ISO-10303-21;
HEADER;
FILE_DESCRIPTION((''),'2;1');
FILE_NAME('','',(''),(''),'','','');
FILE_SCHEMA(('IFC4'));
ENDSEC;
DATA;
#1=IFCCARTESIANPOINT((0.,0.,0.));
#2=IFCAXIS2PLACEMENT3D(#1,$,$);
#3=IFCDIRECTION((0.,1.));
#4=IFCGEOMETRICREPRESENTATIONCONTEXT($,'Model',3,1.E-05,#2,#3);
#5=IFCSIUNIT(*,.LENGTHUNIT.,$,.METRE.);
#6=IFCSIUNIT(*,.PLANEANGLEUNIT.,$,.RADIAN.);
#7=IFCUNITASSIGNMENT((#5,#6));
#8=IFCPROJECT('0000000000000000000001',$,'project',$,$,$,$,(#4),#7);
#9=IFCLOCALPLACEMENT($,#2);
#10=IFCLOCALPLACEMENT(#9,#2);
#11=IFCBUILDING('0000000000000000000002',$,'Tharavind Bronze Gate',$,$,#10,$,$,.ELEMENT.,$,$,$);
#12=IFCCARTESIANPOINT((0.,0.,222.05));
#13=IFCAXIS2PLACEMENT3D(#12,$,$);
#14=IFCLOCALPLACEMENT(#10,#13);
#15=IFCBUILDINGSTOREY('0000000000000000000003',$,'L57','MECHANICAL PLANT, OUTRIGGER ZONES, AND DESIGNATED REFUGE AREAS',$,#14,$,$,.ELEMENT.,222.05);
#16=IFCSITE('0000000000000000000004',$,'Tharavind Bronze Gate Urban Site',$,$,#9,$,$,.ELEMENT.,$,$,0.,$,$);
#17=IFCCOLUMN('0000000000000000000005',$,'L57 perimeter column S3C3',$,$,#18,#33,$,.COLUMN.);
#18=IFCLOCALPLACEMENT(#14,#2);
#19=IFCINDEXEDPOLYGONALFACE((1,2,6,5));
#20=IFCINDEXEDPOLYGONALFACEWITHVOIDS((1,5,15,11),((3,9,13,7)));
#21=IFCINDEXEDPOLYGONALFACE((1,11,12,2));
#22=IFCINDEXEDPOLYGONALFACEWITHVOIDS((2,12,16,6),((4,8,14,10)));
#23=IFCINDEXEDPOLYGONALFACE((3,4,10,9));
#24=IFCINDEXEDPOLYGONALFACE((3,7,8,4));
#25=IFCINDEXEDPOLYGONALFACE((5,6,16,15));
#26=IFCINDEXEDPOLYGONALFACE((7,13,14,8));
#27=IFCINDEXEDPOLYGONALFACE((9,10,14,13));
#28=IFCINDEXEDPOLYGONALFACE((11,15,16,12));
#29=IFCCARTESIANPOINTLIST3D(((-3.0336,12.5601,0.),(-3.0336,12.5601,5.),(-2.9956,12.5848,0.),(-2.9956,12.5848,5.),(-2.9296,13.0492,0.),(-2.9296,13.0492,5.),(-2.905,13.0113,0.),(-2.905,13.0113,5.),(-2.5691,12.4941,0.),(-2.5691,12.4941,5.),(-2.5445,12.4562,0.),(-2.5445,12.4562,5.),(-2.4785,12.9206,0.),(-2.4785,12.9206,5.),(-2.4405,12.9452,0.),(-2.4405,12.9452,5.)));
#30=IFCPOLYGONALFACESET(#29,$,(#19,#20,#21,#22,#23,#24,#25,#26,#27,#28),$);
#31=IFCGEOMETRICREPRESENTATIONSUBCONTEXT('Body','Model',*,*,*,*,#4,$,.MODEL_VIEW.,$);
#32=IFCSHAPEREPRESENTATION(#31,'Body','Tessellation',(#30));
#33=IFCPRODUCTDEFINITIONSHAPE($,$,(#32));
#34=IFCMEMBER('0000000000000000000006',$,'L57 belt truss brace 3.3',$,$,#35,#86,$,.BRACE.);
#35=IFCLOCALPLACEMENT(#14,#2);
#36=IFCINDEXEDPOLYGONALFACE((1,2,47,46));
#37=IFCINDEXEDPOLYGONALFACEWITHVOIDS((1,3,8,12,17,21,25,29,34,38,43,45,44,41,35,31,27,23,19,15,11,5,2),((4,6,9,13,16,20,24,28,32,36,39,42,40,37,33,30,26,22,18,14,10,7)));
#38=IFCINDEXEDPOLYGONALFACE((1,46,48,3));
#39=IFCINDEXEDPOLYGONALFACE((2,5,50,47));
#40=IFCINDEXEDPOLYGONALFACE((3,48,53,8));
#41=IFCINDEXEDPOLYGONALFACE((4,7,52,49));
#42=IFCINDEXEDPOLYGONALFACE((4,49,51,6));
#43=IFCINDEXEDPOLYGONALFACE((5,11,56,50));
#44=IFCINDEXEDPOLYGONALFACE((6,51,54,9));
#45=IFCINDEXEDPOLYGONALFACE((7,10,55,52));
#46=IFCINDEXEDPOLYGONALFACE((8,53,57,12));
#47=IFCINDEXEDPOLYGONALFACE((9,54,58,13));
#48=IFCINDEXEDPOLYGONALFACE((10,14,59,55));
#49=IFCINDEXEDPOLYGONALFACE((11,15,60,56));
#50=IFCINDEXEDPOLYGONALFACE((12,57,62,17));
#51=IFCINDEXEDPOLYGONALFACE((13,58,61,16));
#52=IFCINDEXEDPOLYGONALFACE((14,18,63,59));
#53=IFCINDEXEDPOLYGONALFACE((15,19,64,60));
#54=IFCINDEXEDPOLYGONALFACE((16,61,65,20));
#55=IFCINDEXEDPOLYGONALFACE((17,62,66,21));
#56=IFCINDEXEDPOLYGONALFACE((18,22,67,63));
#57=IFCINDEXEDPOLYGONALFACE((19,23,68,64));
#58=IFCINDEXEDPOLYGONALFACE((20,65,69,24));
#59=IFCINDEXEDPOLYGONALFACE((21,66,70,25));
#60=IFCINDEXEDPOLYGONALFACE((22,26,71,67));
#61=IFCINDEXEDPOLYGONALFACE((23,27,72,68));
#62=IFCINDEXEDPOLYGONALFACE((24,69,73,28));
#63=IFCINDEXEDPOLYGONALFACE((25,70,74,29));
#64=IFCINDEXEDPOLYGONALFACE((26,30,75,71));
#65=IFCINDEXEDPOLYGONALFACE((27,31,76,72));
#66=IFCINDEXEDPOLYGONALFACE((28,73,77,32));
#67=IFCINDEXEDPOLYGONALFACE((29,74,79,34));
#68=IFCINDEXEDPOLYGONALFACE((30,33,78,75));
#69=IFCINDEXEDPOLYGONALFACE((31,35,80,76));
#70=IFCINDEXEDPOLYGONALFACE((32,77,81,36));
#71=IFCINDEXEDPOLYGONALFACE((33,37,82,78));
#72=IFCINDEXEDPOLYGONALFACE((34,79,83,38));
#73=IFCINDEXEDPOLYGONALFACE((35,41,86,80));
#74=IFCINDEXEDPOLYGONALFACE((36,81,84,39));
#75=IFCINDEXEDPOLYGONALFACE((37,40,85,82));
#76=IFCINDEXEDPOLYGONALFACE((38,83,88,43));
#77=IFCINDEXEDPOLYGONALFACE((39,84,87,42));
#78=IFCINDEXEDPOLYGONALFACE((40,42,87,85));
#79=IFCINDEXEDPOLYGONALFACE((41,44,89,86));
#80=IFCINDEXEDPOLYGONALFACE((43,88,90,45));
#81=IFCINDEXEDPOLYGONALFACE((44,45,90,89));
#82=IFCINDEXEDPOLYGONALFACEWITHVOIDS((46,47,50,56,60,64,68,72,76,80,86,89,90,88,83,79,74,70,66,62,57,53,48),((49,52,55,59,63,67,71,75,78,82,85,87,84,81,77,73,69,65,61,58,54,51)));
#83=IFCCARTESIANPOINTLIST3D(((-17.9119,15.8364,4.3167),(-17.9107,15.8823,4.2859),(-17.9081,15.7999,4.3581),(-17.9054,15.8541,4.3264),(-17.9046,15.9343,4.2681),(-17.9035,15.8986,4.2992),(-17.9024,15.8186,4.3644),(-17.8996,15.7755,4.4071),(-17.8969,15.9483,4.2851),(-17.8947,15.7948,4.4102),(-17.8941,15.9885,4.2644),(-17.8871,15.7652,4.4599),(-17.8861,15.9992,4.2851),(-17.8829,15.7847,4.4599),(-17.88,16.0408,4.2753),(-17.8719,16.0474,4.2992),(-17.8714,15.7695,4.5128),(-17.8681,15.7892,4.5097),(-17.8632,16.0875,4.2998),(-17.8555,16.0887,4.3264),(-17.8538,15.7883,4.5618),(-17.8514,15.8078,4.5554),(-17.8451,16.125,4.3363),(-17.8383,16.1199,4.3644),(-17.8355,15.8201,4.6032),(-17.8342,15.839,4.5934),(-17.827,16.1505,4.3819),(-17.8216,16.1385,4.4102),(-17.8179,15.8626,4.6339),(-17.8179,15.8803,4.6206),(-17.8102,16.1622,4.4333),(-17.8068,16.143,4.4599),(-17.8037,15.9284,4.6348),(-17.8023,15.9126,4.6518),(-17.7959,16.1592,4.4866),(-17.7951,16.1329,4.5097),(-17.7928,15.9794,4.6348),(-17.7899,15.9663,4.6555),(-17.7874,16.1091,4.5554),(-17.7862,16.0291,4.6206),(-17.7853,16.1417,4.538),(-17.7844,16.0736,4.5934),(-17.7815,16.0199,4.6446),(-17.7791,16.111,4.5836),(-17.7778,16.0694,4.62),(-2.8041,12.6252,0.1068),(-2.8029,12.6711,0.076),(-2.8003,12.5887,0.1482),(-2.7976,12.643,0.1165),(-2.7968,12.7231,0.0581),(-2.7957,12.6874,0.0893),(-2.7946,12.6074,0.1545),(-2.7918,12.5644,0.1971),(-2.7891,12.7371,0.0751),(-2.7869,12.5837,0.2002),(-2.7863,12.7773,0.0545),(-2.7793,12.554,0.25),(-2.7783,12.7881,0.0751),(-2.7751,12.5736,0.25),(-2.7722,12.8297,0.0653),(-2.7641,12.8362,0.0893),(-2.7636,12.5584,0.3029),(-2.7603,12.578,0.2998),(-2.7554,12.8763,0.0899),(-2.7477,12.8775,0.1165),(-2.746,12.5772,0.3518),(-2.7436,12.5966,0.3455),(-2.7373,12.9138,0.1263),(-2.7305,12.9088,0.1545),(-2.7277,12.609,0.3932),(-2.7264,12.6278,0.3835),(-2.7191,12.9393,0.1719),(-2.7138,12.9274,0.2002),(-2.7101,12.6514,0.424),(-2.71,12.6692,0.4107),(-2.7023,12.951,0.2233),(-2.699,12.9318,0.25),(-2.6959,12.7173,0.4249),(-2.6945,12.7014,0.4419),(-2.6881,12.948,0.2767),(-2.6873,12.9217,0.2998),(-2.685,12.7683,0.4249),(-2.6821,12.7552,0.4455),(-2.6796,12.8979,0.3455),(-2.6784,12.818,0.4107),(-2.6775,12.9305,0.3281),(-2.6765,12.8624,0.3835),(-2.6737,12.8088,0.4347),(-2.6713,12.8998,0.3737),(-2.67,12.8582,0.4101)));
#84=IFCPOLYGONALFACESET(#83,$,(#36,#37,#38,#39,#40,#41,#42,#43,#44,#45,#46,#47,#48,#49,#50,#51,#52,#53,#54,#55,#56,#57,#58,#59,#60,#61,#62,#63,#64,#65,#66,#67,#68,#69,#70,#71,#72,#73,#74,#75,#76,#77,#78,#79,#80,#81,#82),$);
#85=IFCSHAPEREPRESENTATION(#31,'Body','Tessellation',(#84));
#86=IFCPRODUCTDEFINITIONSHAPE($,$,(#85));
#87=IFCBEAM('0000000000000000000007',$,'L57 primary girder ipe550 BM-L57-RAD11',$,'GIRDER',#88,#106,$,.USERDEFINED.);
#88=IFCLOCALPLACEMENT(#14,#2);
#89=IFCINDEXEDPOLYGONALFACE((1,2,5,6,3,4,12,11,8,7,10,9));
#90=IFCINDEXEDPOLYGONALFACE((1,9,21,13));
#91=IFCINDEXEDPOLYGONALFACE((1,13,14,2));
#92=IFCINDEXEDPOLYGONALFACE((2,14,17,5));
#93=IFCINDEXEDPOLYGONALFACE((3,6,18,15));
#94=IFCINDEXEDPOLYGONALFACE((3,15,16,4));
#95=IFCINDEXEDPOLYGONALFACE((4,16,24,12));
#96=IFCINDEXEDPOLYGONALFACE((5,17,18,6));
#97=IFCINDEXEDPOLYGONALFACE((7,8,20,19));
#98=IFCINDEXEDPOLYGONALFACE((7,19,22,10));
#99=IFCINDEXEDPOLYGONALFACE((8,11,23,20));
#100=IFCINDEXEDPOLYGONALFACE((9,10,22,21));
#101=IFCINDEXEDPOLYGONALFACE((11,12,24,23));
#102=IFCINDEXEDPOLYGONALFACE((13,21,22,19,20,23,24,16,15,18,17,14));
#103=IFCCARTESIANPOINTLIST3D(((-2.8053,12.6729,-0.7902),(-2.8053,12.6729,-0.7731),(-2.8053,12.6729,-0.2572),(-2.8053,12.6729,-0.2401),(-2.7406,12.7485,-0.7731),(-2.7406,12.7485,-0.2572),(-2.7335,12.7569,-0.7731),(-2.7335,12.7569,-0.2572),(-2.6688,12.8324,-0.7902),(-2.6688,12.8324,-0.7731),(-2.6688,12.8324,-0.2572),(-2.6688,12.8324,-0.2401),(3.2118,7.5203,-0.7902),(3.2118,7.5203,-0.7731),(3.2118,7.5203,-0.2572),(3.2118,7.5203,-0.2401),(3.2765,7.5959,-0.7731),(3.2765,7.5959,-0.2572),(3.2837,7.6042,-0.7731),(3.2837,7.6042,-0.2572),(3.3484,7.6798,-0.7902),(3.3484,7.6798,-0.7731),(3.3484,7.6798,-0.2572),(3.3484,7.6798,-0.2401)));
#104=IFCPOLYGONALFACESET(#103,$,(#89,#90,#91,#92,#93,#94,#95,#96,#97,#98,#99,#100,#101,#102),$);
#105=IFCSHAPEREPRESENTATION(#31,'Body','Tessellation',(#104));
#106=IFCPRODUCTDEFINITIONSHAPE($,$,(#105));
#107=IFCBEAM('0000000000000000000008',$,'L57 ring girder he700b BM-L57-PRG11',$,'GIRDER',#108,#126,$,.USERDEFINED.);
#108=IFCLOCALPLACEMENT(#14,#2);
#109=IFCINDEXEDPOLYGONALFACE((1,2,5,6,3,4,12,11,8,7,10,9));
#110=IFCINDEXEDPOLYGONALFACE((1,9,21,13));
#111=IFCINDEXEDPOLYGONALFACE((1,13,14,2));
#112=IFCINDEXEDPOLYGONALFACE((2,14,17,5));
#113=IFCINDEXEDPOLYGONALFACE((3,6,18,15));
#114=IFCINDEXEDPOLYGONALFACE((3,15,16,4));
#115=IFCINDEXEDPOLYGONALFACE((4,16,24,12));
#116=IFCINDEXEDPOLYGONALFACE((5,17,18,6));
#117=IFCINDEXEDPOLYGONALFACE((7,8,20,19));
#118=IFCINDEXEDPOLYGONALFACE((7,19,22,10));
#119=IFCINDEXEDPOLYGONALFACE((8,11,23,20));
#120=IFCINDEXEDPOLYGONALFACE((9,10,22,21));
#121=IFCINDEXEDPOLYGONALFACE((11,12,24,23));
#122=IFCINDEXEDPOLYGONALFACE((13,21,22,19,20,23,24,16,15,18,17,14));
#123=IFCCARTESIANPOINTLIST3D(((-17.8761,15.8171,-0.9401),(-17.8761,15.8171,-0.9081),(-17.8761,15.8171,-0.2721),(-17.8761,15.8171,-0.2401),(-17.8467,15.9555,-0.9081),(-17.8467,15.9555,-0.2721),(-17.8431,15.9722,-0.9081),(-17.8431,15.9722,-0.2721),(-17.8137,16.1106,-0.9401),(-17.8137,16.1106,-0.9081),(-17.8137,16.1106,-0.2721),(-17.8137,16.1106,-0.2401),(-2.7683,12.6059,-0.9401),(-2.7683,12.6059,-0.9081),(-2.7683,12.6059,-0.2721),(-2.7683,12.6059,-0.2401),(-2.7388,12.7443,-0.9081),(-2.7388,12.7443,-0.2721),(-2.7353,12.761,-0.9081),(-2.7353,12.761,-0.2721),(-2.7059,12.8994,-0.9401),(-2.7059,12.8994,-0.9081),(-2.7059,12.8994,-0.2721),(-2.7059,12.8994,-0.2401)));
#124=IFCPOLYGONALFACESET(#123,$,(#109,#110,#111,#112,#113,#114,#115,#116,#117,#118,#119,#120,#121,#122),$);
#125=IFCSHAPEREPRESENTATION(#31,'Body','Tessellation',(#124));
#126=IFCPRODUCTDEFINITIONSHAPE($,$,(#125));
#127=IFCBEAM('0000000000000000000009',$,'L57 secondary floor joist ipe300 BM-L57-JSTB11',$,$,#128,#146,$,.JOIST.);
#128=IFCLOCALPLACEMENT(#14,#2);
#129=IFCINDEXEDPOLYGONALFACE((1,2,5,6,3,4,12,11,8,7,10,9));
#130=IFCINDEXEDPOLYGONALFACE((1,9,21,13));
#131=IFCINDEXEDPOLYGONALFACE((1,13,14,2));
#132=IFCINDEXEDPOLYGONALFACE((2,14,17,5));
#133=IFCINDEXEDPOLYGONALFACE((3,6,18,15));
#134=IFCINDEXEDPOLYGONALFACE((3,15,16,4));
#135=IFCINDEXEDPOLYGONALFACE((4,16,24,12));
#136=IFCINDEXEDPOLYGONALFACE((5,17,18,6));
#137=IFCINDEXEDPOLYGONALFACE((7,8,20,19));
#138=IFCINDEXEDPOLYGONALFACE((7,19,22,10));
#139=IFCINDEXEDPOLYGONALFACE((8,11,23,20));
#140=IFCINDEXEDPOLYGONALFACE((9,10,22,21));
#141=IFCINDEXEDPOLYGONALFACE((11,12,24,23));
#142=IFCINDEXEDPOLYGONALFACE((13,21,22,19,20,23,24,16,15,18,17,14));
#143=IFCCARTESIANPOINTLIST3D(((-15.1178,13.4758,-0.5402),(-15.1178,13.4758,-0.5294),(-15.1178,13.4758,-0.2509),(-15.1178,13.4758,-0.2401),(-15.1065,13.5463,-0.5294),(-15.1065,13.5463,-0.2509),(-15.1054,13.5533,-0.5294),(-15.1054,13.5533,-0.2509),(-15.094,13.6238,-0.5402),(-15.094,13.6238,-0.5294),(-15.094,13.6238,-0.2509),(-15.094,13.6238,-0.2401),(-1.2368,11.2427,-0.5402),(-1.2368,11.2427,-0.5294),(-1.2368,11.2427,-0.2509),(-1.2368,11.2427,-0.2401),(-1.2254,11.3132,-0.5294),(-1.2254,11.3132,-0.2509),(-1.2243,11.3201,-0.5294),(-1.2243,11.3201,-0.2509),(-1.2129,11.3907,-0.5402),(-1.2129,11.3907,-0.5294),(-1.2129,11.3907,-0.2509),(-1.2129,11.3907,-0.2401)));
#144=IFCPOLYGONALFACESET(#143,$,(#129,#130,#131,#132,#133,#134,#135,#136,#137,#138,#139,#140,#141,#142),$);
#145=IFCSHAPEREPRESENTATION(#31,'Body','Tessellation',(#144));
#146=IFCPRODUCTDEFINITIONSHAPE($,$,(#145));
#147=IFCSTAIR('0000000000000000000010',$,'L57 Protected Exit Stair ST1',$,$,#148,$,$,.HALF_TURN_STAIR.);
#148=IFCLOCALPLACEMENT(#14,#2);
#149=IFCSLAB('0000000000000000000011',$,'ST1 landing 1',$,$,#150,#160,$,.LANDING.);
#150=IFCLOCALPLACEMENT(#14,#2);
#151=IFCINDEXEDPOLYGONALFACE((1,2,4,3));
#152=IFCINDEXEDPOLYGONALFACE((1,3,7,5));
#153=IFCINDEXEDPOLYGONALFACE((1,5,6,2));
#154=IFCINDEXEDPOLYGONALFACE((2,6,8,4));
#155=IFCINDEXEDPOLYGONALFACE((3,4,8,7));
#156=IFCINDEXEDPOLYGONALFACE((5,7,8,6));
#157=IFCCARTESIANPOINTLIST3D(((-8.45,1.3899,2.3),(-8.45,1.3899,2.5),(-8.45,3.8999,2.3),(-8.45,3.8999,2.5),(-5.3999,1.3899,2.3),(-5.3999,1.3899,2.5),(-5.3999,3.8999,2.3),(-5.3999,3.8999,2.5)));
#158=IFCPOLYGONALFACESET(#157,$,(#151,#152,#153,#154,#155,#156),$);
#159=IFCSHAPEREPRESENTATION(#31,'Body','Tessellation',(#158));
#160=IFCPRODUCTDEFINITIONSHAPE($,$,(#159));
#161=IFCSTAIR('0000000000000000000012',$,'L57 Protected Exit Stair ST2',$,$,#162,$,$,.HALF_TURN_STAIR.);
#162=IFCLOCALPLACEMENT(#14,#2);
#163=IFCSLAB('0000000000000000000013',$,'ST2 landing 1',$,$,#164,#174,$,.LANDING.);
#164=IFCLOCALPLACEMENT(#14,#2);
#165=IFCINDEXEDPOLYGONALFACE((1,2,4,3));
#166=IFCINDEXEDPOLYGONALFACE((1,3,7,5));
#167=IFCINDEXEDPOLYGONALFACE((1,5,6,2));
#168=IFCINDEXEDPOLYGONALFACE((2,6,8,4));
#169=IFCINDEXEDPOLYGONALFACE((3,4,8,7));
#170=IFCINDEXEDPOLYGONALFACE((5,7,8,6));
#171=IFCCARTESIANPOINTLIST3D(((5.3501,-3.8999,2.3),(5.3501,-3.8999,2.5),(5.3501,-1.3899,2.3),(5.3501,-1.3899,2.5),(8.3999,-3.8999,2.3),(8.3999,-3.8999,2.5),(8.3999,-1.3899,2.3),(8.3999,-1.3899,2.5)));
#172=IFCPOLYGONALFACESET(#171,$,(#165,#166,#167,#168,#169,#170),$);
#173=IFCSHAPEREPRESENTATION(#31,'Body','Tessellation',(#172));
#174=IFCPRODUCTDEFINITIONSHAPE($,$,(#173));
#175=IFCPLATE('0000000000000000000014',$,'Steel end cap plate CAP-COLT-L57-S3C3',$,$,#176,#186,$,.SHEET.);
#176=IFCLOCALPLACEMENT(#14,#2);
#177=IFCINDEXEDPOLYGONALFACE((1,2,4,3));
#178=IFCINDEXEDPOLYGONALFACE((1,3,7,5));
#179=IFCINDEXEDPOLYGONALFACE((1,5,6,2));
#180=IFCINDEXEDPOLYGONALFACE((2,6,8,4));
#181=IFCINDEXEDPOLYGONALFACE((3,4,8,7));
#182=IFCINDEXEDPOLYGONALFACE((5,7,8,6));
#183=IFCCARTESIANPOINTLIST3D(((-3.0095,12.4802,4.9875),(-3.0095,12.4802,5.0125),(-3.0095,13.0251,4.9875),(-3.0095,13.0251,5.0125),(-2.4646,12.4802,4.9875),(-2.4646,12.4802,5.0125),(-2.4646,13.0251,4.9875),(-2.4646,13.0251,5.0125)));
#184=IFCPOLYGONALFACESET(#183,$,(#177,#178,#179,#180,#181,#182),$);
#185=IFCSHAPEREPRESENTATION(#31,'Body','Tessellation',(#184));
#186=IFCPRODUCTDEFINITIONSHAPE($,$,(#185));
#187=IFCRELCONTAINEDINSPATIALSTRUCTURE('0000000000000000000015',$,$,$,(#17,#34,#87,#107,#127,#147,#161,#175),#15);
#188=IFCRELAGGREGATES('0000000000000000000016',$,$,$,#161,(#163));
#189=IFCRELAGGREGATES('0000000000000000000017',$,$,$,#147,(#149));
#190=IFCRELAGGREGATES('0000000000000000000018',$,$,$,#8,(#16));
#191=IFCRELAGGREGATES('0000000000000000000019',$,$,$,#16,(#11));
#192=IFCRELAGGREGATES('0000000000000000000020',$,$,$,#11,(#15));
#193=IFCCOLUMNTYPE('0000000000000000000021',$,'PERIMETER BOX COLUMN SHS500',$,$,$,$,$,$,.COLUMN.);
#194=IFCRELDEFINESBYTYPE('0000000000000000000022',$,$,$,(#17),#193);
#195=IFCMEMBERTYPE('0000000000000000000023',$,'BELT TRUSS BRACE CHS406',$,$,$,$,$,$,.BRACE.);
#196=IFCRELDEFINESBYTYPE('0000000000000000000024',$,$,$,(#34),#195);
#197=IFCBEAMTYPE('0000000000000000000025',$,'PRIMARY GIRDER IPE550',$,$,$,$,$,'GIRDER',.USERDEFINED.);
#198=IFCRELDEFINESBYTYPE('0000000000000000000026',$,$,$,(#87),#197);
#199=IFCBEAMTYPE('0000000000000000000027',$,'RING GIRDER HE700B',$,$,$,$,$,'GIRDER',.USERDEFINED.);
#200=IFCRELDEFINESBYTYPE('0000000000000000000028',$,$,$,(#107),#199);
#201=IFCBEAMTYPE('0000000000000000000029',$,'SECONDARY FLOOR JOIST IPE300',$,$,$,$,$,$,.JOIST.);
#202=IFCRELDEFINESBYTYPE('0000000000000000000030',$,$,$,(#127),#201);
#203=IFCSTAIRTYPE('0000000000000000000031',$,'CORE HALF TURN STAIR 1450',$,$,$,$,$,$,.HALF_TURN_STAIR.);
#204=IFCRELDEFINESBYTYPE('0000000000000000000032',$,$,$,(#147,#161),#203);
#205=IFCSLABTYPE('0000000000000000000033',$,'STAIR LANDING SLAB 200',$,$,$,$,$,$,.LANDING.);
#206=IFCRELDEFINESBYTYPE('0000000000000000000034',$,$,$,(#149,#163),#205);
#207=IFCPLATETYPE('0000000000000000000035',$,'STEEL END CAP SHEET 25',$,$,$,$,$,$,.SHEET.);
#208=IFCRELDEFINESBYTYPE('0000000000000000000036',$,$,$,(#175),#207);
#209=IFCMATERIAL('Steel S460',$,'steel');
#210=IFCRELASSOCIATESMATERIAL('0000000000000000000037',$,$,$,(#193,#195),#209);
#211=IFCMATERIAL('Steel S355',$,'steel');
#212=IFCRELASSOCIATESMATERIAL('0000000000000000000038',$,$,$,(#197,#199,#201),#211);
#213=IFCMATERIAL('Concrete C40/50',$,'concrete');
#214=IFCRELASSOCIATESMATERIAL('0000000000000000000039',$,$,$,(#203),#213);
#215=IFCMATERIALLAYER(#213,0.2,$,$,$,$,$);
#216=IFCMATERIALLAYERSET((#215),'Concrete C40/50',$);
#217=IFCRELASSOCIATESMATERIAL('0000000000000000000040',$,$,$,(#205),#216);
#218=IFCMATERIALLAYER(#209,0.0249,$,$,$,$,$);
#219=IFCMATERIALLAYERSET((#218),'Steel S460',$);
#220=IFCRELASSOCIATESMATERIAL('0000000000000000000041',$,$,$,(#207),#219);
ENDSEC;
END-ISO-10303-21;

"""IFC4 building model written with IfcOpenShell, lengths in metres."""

from ifc_helpers import new_model, si_unit, direction, frame, origin, origin_2d, place, context, subcontext, project, spatial, polyline, rectangle, hollow_rectangle, hollow_circle, i_section, outline, extrude, material, layer, layer_set, material_profile, profile_set, type_object, element, aggregate, save


model = new_model("IFC4")

# Units and contexts
model_context = context("Model", 3, precision=1e-05, world=origin(), true_north=direction((0.0, 1.0)))
body_context = subcontext(model_context, "Body", "Model", "MODEL_VIEW")
ifc_project = project(units=[si_unit("LENGTHUNIT", "METRE"), si_unit("PLANEANGLEUNIT", "RADIAN")], contexts=[model_context])

# Site, building, storey
site_placement = place(None, origin())
site = spatial("IfcSite", under=ifc_project, at=site_placement, Name="Tharavind Bronze Gate Urban Site", CompositionType="ELEMENT", RefElevation=0.0)
building_placement = place(site_placement, origin())
building = spatial("IfcBuilding", under=site, at=building_placement, Name="Tharavind Bronze Gate", CompositionType="ELEMENT")
storey_placement = place(building_placement, frame((0.0, 0.0, 222.05)))
storey = spatial("IfcBuildingStorey", under=building, at=storey_placement, Name="L57", Description="MECHANICAL PLANT, OUTRIGGER ZONES, AND DESIGNATED REFUGE AREAS", CompositionType="ELEMENT", Elevation=222.05)

# Column
ifc_material_1 = material(Name="Steel S460", Category="steel")
ifc_material_profile_1 = material_profile(ifc_material_1, hollow_rectangle(XDim=0.5, YDim=0.5, WallThickness=0.032, at=origin_2d()), Name="SHS500X32")
ifc_profile_set_1 = profile_set([ifc_material_profile_1], Name="Steel S460")
column_type = type_object("IfcColumnType", Name="PERIMETER BOX COLUMN SHS500", PredefinedType="COLUMN", material=ifc_profile_set_1)
column_placement = place(storey_placement, frame((-2.7371, 12.7527, 0.0), z_axis=(0.0, 0.0, 1.0), x_axis=(-0.978148, 0.207912, 0.0)))
element("IfcColumn", 1, at=column_placement, inside=storey, type_object=column_type, Name="L57 perimeter column S3C3", PredefinedType="COLUMN", context=body_context, shape_type="SweptSolid", body=[
    extrude(hollow_rectangle(XDim=0.5, YDim=0.5, WallThickness=0.032, at=origin_2d()), origin(), (0.0, 0.0, 1.0), 5.0),
])

# Member
ifc_material_profile_2 = material_profile(ifc_material_1, hollow_circle(Radius=0.2031, WallThickness=0.02, at=origin_2d()), Name="CHS406X20")
ifc_profile_set_2 = profile_set([ifc_material_profile_2], Name="Steel S460")
member_type = type_object("IfcMemberType", Name="BELT TRUSS BRACE CHS406", PredefinedType="BRACE", material=ifc_profile_set_2)
member_placement = place(storey_placement, frame((-2.7371, 12.7527, 0.25), z_axis=(-0.94372, 0.200587, 0.262977), x_axis=(-0.207905, -0.978149, 0.0)))
element("IfcMember", 2, at=member_placement, inside=storey, type_object=member_type, Name="L57 belt truss brace 3.3", PredefinedType="BRACE", context=body_context, shape_type="SweptSolid", body=[
    extrude(hollow_circle(Radius=0.2031, WallThickness=0.02, at=origin_2d()), origin(), (0.0, 0.0, 1.0), 16.0088),
])

# Beams
ifc_material_2 = material(Name="Steel S355", Category="steel")
ifc_material_profile_3 = material_profile(ifc_material_2, i_section(OverallWidth=0.21, OverallDepth=0.55, WebThickness=0.011, FlangeThickness=0.0171, at=origin_2d()), Name="IPE550")
ifc_profile_set_3 = profile_set([ifc_material_profile_3], Name="Steel S355")
beam_type_1 = type_object("IfcBeamType", Name="PRIMARY GIRDER IPE550", ElementType="GIRDER", PredefinedType="USERDEFINED", material=ifc_profile_set_3)
beam_1_placement = place(storey_placement, frame((-2.7371, 12.7527, -0.5151), z_axis=(0.759563, -0.650433, 0.0), x_axis=(0.650433, 0.759563, 0.0)))
element("IfcBeam", 3, at=beam_1_placement, inside=storey, type_object=beam_type_1, Name="L57 primary girder ipe550 BM-L57-RAD11", ObjectType="GIRDER", PredefinedType="USERDEFINED", context=body_context, shape_type="SweptSolid", body=[
    extrude(i_section(OverallWidth=0.21, OverallDepth=0.55, WebThickness=0.011, FlangeThickness=0.0171, at=origin_2d()), origin(), (0.0, 0.0, 1.0), 7.9219),
])
ifc_material_profile_4 = material_profile(ifc_material_2, i_section(OverallWidth=0.3, OverallDepth=0.7, WebThickness=0.0171, FlangeThickness=0.032, at=origin_2d()), Name="HE700B")
ifc_profile_set_4 = profile_set([ifc_material_profile_4], Name="Steel S355")
beam_type_2 = type_object("IfcBeamType", Name="RING GIRDER HE700B", ElementType="GIRDER", PredefinedType="USERDEFINED", material=ifc_profile_set_4)
beam_2_placement = place(storey_placement, frame((-2.7371, 12.7527, -0.5901), z_axis=(-0.978149, 0.207905, 0.0), x_axis=(-0.207905, -0.978149, 0.0)))
element("IfcBeam", 4, at=beam_2_placement, inside=storey, type_object=beam_type_2, Name="L57 ring girder he700b BM-L57-PRG11", ObjectType="GIRDER", PredefinedType="USERDEFINED", context=body_context, shape_type="SweptSolid", body=[
    extrude(i_section(OverallWidth=0.3, OverallDepth=0.7, WebThickness=0.0171, FlangeThickness=0.032, at=origin_2d()), origin(), (0.0, 0.0, 1.0), 15.4453),
])
ifc_material_profile_5 = material_profile(ifc_material_2, i_section(OverallWidth=0.1499, OverallDepth=0.3, WebThickness=0.0071, FlangeThickness=0.0107, at=origin_2d()), Name="IPE300")
ifc_profile_set_5 = profile_set([ifc_material_profile_5], Name="Steel S355")
beam_type_3 = type_object("IfcBeamType", Name="SECONDARY FLOOR JOIST IPE300", PredefinedType="JOIST", material=ifc_profile_set_5)
beam_3_placement = place(storey_placement, frame((-1.2249, 11.3167, -0.3901), z_axis=(-0.987305, 0.158835, 0.0), x_axis=(-0.158835, -0.987305, 0.0)))
element("IfcBeam", 5, at=beam_3_placement, inside=storey, type_object=beam_type_3, Name="L57 secondary floor joist ipe300 BM-L57-JSTB11", PredefinedType="JOIST", context=body_context, shape_type="SweptSolid", body=[
    extrude(i_section(OverallWidth=0.1499, OverallDepth=0.3, WebThickness=0.0071, FlangeThickness=0.0107, at=origin_2d()), origin(), (0.0, 0.0, 1.0), 14.0596),
])

# Stairs, slabs
ifc_material_3 = material(Name="Concrete C40/50", Category="concrete")
stair_type = type_object("IfcStairType", Name="CORE HALF TURN STAIR 1450", PredefinedType="HALF_TURN_STAIR", material=ifc_material_3)
stair_1_placement = place(storey_placement, origin())
stair_1 = element("IfcStair", 6, at=stair_1_placement, inside=storey, type_object=stair_type, Name="L57 Protected Exit Stair ST1", PredefinedType="HALF_TURN_STAIR")
ifc_layer_1 = layer(ifc_material_3, 0.2)
ifc_layer_set_1 = layer_set([ifc_layer_1], Name="Concrete C40/50")
slab_type_1 = type_object("IfcSlabType", Name="STAIR LANDING SLAB 200", PredefinedType="LANDING", material=ifc_layer_set_1)
slab_1_placement = place(storey_placement, frame((0.0, 0.0, 2.3)))
slab_1 = element("IfcSlab", 7, at=slab_1_placement, type_object=slab_type_1, Name="ST1 landing 1", PredefinedType="LANDING", context=body_context, shape_type="SweptSolid", body=[
    extrude(outline(polyline([(-5.3999, 1.3899), (-5.3999, 3.8999), (-8.45, 3.8999), (-8.45, 1.3899), (-5.3999, 1.3899)])), origin(), (0.0, 0.0, 1.0), 0.2),
])
stair_2_placement = place(storey_placement, origin())
stair_2 = element("IfcStair", 8, at=stair_2_placement, inside=storey, type_object=stair_type, Name="L57 Protected Exit Stair ST2", PredefinedType="HALF_TURN_STAIR")
slab_2_placement = place(storey_placement, frame((0.0, 0.0, 2.3)))
slab_2 = element("IfcSlab", 9, at=slab_2_placement, type_object=slab_type_1, Name="ST2 landing 1", PredefinedType="LANDING", context=body_context, shape_type="SweptSolid", body=[
    extrude(outline(polyline([(5.3501, -1.3899), (5.3501, -3.8999), (8.3999, -3.8999), (8.3999, -1.3899), (5.3501, -1.3899)])), origin(), (0.0, 0.0, 1.0), 0.2),
])
aggregate(stair_2, [slab_2])

# Plate
ifc_layer_2 = layer(ifc_material_1, 0.0249)
ifc_layer_set_2 = layer_set([ifc_layer_2], Name="Steel S460")
plate_type = type_object("IfcPlateType", Name="STEEL END CAP SHEET 25", PredefinedType="SHEET", material=ifc_layer_set_2)
plate_1_placement = place(storey_placement, frame((-2.7371, 12.7527, 4.9875), z_axis=(0.0, 0.0, 1.0), x_axis=(1.0, 0.0, 0.0)))
element("IfcPlate", 10, at=plate_1_placement, inside=storey, type_object=plate_type, Name="Steel end cap plate CAP-COLT-L57-S3C3", PredefinedType="SHEET", context=body_context, shape_type="SweptSolid", body=[
    extrude(rectangle(XDim=0.5449, YDim=0.5449, at=origin_2d()), origin(), (0.0, 0.0, 1.0), 0.0249),
])

aggregate(stair_1, [slab_1])

save(model, "model.ifc")
